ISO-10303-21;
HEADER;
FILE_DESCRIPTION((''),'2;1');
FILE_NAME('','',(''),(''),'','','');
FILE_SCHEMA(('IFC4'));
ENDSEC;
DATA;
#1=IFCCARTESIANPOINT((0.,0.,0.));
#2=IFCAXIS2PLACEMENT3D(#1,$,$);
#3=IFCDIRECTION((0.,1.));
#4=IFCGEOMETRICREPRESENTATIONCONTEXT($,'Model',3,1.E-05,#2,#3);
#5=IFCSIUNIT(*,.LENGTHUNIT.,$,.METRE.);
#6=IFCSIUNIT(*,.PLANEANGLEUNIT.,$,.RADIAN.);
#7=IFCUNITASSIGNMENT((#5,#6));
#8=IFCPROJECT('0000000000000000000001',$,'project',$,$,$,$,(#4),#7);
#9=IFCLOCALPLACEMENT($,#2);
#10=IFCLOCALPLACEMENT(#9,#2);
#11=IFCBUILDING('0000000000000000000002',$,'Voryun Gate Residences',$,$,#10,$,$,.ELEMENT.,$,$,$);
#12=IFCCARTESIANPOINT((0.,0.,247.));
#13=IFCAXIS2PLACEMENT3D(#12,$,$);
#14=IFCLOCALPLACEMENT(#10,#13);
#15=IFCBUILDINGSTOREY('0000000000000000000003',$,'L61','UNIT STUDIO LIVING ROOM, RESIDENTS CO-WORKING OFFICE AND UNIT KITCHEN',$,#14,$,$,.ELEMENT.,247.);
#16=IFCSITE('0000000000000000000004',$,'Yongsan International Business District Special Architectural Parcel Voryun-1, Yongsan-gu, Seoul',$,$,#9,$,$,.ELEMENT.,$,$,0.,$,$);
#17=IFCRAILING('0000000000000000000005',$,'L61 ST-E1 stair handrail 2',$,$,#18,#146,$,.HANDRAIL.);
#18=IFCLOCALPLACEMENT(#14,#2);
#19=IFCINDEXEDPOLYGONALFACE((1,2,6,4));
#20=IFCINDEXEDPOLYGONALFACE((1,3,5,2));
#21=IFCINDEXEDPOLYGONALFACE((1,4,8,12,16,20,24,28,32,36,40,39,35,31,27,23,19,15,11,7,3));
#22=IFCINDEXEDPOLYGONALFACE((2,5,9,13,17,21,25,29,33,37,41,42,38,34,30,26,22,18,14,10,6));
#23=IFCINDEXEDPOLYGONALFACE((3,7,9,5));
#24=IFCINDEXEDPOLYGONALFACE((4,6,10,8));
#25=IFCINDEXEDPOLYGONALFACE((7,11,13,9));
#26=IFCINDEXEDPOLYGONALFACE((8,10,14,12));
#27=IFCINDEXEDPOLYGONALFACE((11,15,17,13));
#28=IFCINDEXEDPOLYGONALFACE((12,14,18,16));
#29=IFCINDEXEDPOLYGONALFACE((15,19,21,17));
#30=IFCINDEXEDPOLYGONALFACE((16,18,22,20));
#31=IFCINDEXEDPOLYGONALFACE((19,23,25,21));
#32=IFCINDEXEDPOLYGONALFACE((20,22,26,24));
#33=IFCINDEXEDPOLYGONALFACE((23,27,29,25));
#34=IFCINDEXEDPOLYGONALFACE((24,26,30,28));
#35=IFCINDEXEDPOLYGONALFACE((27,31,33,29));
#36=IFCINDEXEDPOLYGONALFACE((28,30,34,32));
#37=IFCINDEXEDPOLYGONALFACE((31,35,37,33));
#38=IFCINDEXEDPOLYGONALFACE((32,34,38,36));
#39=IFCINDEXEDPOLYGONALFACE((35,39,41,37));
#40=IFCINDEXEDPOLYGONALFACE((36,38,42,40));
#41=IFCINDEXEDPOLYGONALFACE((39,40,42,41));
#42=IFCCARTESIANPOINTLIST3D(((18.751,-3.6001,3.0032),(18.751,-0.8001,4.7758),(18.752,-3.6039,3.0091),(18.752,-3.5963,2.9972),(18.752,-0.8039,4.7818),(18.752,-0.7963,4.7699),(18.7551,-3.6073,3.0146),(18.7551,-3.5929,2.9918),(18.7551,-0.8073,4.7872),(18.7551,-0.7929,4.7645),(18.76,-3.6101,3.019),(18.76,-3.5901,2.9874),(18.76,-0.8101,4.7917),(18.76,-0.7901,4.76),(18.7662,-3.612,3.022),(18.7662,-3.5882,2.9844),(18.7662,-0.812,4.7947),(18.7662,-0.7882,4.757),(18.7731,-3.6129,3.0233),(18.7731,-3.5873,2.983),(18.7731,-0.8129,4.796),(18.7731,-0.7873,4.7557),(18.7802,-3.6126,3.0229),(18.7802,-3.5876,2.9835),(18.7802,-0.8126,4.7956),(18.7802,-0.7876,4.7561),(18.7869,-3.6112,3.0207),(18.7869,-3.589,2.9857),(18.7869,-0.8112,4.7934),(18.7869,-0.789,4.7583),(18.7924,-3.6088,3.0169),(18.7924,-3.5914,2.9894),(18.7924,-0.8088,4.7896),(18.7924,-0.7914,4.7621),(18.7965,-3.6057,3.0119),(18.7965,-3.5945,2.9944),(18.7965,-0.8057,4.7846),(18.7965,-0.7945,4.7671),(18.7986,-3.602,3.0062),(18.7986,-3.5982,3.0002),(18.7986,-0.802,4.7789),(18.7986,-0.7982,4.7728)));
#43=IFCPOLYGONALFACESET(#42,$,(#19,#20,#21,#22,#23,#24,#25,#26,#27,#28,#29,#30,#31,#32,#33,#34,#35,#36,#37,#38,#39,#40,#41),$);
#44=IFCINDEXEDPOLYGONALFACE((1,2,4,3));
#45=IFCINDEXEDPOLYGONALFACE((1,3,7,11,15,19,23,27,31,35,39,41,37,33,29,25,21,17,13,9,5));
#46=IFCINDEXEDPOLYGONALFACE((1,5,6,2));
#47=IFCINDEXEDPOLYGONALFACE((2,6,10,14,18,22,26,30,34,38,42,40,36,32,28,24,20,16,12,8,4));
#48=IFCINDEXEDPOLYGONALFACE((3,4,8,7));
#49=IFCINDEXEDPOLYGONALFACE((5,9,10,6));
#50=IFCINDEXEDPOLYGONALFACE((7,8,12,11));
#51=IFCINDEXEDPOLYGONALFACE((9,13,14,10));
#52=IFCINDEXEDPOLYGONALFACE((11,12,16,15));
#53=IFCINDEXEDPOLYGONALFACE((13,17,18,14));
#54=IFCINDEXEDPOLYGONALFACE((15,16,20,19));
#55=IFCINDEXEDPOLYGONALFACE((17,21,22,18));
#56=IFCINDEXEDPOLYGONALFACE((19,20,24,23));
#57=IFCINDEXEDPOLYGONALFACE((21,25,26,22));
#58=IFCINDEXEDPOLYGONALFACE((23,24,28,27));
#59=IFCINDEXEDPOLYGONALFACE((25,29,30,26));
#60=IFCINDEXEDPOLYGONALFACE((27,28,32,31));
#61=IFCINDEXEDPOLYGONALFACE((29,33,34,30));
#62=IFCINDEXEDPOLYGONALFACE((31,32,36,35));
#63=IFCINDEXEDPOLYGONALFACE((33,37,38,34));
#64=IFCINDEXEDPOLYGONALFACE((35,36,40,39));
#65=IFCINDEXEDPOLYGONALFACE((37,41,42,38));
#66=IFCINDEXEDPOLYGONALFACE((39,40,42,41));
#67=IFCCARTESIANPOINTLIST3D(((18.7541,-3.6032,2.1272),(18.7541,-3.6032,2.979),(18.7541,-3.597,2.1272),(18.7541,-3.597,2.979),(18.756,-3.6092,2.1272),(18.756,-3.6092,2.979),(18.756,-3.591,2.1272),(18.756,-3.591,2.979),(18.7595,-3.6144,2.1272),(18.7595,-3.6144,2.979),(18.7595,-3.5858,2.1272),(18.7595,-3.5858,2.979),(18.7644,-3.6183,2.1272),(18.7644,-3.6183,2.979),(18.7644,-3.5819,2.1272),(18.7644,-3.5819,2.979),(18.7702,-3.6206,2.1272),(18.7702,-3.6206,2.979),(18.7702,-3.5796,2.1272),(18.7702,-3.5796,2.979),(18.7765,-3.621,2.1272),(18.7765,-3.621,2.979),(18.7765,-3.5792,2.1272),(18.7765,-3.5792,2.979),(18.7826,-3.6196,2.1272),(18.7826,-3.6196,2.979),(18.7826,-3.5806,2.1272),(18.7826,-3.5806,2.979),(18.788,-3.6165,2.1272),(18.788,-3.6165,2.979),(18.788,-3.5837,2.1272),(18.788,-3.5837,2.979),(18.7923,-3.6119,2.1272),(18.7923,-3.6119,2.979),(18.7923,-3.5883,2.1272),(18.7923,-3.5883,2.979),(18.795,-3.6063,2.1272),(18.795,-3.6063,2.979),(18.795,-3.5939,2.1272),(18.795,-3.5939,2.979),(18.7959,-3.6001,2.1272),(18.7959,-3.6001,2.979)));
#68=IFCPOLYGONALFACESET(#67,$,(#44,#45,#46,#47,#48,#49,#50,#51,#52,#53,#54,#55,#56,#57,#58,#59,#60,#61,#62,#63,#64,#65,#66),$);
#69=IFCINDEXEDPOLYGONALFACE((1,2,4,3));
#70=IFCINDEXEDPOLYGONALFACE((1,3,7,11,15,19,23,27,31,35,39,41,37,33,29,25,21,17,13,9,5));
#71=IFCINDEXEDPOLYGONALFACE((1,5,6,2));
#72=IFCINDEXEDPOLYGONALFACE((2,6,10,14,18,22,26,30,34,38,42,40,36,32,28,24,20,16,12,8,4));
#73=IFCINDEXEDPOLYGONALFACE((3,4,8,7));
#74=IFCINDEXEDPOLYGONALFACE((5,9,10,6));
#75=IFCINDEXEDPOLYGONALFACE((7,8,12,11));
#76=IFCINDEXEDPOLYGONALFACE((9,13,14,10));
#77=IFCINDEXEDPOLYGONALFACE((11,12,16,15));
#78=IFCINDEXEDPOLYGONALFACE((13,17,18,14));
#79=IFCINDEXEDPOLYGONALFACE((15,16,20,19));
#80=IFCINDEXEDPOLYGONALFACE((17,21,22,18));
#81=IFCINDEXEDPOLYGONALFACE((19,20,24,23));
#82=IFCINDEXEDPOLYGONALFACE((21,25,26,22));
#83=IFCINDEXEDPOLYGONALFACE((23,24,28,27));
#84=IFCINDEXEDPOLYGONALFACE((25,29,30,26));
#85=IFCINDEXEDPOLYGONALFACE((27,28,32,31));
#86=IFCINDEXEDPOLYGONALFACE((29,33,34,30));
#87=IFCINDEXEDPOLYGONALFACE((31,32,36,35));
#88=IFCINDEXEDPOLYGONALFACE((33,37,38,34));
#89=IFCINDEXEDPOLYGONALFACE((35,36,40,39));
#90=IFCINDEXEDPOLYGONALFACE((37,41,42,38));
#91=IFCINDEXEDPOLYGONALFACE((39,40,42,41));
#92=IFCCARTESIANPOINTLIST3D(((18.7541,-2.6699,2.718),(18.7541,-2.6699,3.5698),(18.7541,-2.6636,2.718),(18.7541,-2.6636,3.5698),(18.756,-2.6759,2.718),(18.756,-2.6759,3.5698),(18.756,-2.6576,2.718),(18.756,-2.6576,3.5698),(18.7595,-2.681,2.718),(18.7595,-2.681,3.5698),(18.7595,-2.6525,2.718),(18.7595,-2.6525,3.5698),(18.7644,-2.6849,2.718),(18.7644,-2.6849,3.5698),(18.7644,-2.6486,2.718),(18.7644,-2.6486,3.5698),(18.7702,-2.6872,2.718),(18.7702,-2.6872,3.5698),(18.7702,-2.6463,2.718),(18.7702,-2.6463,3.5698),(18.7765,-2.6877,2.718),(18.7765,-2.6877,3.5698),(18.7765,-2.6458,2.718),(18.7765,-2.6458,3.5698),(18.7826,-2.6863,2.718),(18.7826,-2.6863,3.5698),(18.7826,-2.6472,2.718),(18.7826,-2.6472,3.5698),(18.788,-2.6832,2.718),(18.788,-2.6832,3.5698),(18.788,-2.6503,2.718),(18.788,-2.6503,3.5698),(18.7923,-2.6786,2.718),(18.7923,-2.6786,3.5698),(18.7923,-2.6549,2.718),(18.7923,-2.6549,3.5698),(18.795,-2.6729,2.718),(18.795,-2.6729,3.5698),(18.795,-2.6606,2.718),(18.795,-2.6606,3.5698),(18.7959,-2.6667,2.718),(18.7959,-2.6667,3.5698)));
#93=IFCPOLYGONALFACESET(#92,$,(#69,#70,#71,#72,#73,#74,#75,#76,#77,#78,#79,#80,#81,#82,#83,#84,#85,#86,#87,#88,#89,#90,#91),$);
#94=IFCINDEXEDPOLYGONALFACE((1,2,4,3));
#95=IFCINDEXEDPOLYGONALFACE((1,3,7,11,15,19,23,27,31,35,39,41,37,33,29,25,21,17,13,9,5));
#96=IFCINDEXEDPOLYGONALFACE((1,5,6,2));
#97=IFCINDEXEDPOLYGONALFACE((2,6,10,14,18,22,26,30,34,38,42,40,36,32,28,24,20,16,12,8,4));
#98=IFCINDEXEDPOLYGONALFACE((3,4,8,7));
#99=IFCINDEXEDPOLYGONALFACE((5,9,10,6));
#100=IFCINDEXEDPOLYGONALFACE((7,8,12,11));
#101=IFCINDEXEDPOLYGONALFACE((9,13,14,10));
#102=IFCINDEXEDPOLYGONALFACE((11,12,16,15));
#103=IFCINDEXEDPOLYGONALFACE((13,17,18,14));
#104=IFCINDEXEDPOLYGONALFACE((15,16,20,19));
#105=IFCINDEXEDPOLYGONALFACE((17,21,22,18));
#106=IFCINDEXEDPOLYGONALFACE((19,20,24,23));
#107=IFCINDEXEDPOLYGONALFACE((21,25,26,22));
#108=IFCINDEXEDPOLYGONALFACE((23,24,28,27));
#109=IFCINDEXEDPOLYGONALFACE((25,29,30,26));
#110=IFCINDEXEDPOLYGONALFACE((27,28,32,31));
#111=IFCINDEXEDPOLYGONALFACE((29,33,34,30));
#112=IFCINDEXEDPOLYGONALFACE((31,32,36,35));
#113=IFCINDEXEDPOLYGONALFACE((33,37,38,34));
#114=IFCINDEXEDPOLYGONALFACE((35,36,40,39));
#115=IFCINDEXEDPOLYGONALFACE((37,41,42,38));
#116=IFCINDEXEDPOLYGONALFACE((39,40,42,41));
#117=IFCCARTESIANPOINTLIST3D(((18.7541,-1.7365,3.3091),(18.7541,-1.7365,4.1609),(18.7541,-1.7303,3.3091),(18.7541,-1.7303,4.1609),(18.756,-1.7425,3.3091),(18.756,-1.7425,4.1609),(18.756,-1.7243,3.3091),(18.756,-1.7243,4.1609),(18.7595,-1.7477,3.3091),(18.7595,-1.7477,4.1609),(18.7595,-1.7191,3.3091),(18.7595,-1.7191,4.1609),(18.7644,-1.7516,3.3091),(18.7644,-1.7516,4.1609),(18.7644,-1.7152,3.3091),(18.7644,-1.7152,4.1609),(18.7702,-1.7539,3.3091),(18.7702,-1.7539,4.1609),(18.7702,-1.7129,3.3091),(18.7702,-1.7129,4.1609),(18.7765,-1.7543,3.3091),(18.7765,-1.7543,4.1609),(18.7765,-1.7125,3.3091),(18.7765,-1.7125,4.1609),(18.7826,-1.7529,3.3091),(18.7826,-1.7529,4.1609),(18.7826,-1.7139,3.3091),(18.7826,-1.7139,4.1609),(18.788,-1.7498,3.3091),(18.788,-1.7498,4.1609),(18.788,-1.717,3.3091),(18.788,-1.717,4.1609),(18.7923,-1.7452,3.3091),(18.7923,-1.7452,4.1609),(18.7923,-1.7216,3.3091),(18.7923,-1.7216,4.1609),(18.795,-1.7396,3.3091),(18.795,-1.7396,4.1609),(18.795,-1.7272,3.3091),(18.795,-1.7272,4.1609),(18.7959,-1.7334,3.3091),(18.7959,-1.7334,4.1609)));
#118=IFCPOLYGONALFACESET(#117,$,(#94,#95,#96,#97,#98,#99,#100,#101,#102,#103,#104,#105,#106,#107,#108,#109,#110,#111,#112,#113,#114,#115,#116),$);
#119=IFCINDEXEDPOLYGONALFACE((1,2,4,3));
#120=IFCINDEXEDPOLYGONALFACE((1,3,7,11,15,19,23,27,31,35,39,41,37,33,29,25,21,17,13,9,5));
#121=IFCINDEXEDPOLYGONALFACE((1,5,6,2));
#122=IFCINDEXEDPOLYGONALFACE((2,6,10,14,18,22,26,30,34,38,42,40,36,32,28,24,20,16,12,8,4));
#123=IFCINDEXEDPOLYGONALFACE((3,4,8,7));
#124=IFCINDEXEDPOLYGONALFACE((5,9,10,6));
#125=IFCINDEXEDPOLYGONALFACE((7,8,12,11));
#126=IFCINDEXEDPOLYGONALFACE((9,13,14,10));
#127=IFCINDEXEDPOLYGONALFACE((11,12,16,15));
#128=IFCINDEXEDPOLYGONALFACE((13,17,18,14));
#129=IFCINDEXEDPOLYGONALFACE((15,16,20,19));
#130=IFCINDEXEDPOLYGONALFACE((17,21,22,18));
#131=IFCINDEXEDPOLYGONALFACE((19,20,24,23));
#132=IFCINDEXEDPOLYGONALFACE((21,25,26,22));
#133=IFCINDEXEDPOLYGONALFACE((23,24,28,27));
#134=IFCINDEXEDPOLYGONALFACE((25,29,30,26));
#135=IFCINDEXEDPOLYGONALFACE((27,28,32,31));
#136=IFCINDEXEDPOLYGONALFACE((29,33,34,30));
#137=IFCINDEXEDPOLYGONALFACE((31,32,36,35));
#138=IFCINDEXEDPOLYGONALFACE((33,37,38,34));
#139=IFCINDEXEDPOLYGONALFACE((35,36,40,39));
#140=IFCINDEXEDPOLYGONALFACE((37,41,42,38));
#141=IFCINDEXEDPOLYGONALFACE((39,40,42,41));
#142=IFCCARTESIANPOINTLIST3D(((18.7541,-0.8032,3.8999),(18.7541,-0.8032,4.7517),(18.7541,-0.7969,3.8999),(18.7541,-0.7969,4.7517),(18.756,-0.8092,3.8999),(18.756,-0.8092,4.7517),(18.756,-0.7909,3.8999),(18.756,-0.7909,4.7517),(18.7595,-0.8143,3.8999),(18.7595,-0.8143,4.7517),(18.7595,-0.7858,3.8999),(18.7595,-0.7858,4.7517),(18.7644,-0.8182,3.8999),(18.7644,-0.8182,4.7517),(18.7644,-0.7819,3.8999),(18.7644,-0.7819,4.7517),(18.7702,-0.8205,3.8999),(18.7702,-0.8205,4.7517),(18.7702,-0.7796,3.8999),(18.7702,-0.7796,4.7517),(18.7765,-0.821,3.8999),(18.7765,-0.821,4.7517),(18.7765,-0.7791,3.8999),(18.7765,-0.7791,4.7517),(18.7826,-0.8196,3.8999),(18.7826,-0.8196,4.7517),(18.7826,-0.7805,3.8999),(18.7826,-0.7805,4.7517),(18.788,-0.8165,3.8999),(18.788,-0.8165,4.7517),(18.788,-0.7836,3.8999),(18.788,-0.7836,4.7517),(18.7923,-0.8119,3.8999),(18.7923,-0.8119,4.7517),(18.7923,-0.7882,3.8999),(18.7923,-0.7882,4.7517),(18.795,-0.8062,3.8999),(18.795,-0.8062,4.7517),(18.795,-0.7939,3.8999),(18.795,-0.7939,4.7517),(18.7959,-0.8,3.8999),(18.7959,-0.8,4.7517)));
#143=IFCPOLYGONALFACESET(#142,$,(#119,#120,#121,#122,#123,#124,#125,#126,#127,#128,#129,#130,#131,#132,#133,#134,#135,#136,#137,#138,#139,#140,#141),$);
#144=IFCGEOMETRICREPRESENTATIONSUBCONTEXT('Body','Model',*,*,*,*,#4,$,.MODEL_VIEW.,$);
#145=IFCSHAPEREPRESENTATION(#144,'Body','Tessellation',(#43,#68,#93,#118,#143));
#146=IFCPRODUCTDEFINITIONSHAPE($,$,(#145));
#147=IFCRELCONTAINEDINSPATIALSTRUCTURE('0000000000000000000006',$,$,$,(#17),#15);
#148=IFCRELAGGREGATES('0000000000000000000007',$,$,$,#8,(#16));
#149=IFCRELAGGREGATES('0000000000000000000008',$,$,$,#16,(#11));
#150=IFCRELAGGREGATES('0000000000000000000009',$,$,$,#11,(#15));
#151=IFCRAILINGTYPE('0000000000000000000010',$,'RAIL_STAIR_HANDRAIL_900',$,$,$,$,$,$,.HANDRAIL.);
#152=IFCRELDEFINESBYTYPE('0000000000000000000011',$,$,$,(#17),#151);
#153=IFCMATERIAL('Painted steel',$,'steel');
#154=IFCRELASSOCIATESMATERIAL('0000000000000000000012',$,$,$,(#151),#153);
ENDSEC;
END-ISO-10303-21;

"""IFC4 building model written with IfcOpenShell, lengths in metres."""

from ifc_helpers import new_model, si_unit, direction, frame, origin, origin_2d, place, context, subcontext, project, spatial, circle, extrude, material, type_object, element, save


model = new_model("IFC4")

# Units and contexts
model_context = context("Model", 3, precision=1e-05, world=origin(), true_north=direction((0.0, 1.0)))
body_context = subcontext(model_context, "Body", "Model", "MODEL_VIEW")
ifc_project = project(units=[si_unit("LENGTHUNIT", "METRE"), si_unit("PLANEANGLEUNIT", "RADIAN")], contexts=[model_context])

# Site, building, storey
site_placement = place(None, origin())
site = spatial("IfcSite", under=ifc_project, at=site_placement, Name="Yongsan International Business District Special Architectural Parcel Voryun-1, Yongsan-gu, Seoul", CompositionType="ELEMENT", RefElevation=0.0)
building_placement = place(site_placement, origin())
building = spatial("IfcBuilding", under=site, at=building_placement, Name="Voryun Gate Residences", CompositionType="ELEMENT")
storey_placement = place(building_placement, frame((0.0, 0.0, 247.0)))
storey = spatial("IfcBuildingStorey", under=building, at=storey_placement, Name="L61", Description="UNIT STUDIO LIVING ROOM, RESIDENTS CO-WORKING OFFICE AND UNIT KITCHEN", CompositionType="ELEMENT", Elevation=247.0)

# Railing
ifc_material_1 = material(Name="Painted steel", Category="steel")
railing_type_1 = type_object("IfcRailingType", Name="RAIL_STAIR_HANDRAIL_900", PredefinedType="HANDRAIL", material=ifc_material_1)
railing_1_placement = place(storey_placement, frame((18.7749, -3.6001, 2.1272)))
element("IfcRailing", 1, at=railing_1_placement, inside=storey, type_object=railing_type_1, Name="L61 ST-E1 stair handrail 2", PredefinedType="HANDRAIL", context=body_context, shape_type="SweptSolid", body=[
    extrude(circle(Radius=0.0239, at=origin_2d()), frame((0.0, 0.0, 0.876), z_axis=(0.0, 0.844909, 0.53491), x_axis=(-1.0, 0.0, 0.0)), (0.0, 0.0, 1.0), 3.314),
    extrude(circle(Radius=0.021, at=origin_2d()), origin(), (0.0, 0.0, 1.0), 0.8518),
    extrude(circle(Radius=0.021, at=origin_2d()), frame((0.0, 0.9333, 0.5908)), (0.0, 0.0, 1.0), 0.8518),
    extrude(circle(Radius=0.021, at=origin_2d()), frame((0.0, 1.8667, 1.1819)), (0.0, 0.0, 1.0), 0.8518),
    extrude(circle(Radius=0.021, at=origin_2d()), frame((0.0, 2.8, 1.7727)), (0.0, 0.0, 1.0), 0.8518),
])

save(model, "model.ifc")
